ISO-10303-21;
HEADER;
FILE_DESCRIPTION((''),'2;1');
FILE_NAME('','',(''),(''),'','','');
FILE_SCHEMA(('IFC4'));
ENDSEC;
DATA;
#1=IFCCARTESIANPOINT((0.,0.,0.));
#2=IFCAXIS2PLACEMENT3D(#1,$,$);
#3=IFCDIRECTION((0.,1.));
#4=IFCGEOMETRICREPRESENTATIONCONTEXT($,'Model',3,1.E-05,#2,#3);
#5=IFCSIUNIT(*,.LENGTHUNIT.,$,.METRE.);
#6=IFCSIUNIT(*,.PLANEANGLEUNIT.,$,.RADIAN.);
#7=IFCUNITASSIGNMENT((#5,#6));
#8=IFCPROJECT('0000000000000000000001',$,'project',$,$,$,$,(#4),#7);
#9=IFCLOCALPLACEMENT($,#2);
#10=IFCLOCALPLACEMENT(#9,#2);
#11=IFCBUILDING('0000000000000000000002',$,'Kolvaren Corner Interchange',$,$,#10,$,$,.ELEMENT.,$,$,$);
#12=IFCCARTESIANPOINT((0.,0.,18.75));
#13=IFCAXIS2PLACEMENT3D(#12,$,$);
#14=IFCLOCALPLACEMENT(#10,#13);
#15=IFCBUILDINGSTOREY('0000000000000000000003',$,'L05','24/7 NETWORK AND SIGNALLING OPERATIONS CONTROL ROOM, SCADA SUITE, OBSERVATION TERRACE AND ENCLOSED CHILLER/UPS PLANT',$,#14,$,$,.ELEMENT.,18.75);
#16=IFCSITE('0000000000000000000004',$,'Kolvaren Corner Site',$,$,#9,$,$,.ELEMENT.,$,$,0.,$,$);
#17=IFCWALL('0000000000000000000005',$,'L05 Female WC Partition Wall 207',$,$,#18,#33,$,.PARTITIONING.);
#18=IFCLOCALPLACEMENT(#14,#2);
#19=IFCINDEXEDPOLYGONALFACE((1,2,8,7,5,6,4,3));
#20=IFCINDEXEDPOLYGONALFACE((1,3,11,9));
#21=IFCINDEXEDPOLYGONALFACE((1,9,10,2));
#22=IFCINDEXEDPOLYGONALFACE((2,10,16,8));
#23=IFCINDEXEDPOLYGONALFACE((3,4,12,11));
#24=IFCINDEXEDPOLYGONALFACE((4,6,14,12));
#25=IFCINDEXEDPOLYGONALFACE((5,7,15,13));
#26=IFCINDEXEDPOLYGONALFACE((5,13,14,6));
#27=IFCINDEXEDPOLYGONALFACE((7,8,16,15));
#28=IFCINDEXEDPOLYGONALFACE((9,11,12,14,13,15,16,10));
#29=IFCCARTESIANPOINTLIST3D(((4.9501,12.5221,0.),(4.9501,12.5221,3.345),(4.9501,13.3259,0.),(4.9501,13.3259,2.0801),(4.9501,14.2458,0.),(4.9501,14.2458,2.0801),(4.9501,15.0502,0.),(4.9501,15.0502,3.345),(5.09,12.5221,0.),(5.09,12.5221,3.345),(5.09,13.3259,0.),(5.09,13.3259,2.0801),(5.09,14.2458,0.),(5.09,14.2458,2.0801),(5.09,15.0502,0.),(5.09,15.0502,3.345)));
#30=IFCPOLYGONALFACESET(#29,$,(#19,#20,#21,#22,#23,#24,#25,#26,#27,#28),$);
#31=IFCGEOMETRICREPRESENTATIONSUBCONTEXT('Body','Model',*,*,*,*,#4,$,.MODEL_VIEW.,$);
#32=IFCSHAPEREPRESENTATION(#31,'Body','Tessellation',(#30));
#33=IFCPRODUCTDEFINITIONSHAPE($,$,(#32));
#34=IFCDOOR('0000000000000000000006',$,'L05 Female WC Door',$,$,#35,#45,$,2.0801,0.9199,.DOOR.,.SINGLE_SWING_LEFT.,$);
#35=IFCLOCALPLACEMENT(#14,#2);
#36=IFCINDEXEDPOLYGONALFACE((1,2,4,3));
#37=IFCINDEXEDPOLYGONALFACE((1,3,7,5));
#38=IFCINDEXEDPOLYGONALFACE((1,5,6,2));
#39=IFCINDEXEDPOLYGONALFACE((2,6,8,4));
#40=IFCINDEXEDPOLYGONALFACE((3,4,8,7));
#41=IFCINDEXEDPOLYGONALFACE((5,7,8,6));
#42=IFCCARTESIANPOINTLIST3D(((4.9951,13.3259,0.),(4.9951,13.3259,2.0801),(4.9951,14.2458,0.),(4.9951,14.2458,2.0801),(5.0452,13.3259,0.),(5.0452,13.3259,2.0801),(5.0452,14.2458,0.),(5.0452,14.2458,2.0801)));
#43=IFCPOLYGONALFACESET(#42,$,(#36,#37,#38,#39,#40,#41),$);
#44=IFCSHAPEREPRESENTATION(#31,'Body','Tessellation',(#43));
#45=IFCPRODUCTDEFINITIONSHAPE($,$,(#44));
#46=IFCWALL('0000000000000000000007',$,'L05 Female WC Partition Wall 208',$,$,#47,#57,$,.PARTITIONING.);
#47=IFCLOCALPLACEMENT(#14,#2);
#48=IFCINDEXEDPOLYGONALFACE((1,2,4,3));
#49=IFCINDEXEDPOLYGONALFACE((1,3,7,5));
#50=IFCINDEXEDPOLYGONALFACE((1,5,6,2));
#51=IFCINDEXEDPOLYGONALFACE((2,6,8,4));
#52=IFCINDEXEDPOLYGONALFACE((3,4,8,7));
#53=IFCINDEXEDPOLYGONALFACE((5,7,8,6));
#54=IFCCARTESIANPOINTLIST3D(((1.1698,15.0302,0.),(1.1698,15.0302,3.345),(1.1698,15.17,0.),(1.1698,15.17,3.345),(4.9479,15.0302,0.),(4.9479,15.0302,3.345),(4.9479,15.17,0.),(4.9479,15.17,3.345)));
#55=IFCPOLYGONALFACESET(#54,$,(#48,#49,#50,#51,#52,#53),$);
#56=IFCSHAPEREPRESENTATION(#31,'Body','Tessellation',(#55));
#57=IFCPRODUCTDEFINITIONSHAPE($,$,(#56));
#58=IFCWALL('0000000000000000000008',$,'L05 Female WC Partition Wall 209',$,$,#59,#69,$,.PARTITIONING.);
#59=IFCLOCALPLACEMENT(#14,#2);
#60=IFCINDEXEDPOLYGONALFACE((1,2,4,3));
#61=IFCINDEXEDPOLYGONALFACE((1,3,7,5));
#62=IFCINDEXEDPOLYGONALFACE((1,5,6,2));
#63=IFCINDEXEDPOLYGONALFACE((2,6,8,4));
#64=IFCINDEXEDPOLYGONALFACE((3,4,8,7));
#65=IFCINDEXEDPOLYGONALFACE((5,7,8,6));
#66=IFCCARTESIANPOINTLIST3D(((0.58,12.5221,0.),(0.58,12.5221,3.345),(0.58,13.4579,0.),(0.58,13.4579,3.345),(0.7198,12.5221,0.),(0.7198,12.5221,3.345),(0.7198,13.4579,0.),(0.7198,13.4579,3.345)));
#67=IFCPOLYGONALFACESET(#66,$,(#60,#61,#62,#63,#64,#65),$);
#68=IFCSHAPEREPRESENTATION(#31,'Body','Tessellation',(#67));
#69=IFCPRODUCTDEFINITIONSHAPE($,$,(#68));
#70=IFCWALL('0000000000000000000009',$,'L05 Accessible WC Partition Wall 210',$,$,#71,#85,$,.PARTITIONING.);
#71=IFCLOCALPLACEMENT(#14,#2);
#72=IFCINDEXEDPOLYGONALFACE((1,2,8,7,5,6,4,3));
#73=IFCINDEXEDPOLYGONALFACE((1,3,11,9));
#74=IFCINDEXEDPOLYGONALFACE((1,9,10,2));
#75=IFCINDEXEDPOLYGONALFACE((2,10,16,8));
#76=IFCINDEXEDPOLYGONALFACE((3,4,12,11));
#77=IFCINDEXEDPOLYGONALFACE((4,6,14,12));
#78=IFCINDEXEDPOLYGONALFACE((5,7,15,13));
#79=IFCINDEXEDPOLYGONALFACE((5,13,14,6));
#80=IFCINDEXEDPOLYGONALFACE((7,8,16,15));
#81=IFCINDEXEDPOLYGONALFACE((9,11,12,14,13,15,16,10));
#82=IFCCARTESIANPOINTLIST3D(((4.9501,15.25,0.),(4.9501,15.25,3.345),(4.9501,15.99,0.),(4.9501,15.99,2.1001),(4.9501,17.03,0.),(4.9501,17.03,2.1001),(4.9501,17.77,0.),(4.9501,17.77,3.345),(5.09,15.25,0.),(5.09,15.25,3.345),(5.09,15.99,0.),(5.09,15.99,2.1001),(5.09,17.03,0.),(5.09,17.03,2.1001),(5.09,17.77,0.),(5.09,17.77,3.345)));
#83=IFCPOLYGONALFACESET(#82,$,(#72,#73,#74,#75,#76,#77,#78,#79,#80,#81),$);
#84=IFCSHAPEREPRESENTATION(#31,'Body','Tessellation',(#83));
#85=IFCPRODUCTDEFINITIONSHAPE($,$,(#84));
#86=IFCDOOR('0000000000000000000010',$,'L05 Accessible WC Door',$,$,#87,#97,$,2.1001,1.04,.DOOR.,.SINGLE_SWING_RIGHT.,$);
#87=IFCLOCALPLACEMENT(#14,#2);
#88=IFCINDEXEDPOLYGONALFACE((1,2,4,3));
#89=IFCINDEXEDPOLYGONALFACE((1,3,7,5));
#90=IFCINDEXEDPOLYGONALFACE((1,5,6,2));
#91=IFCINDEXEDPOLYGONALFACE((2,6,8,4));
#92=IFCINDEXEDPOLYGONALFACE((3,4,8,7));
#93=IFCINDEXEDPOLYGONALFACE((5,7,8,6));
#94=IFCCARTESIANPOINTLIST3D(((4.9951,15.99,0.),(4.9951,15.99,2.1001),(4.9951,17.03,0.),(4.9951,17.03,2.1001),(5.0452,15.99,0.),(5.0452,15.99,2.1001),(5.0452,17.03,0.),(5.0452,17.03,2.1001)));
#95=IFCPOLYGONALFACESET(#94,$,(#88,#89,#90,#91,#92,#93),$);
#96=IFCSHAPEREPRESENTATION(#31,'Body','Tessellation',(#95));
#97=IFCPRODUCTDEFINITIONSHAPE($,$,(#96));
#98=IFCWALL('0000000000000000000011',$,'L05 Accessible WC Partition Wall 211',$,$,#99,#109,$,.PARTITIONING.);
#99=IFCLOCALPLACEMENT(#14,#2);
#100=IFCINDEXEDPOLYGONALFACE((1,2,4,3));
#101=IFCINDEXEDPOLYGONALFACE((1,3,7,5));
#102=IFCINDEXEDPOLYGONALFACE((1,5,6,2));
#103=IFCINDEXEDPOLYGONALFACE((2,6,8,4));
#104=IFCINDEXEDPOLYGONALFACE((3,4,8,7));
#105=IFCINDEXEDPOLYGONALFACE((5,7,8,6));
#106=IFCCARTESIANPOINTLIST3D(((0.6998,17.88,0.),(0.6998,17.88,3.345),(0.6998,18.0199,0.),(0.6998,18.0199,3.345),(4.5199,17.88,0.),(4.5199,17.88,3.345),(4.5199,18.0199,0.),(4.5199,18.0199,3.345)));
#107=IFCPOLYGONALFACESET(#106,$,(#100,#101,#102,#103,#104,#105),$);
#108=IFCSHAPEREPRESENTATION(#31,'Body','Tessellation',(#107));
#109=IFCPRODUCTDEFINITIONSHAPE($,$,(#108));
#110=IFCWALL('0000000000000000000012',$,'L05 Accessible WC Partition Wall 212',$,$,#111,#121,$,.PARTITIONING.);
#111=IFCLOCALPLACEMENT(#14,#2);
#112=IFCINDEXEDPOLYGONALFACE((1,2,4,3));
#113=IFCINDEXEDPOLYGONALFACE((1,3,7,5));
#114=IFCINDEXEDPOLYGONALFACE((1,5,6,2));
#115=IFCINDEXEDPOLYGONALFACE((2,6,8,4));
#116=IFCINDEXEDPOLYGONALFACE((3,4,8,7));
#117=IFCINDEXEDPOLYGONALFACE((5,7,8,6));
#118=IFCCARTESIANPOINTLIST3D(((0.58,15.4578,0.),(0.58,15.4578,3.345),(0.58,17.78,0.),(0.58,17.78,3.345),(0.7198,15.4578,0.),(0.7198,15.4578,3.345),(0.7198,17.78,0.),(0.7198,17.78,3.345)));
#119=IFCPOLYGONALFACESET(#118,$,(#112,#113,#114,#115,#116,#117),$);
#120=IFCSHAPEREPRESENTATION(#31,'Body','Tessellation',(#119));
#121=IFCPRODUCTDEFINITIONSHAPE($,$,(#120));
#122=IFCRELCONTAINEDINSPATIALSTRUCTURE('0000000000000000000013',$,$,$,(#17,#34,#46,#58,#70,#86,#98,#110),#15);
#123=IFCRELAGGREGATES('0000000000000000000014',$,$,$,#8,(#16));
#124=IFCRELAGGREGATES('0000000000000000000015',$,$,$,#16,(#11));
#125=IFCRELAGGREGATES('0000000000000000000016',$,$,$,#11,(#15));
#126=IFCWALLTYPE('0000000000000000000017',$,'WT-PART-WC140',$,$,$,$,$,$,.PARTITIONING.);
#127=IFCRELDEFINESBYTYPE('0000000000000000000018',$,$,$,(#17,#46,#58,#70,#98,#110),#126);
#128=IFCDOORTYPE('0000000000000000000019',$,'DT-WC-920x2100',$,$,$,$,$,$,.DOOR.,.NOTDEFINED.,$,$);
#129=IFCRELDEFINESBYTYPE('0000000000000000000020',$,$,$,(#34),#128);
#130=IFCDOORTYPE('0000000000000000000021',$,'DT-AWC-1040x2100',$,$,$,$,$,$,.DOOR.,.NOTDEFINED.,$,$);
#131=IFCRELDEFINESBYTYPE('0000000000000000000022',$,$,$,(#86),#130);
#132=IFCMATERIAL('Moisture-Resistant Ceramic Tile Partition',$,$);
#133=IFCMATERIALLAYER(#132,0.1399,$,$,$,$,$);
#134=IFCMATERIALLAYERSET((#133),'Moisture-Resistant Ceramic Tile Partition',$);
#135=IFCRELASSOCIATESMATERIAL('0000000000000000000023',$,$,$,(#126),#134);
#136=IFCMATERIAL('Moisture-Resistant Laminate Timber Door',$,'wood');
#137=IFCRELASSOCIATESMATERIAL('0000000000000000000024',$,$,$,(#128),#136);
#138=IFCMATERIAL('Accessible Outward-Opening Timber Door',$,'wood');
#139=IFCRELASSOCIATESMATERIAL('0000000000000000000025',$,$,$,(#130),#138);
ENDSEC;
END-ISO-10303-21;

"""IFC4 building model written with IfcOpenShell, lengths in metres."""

from ifc_helpers import new_model, si_unit, direction, frame, frame_2d, origin, place, context, subcontext, project, spatial, rectangle, extrude, material, layer, layer_set, type_object, element, fill, save


model = new_model("IFC4")

# Units and contexts
model_context = context("Model", 3, precision=1e-05, world=origin(), true_north=direction((0.0, 1.0)))
body_context = subcontext(model_context, "Body", "Model", "MODEL_VIEW")
ifc_project = project(units=[si_unit("LENGTHUNIT", "METRE"), si_unit("PLANEANGLEUNIT", "RADIAN")], contexts=[model_context])

# Site, building, storey
site_placement = place(None, origin())
site = spatial("IfcSite", under=ifc_project, at=site_placement, Name="Kolvaren Corner Site", CompositionType="ELEMENT", RefElevation=0.0)
building_placement = place(site_placement, origin())
building = spatial("IfcBuilding", under=site, at=building_placement, Name="Kolvaren Corner Interchange", CompositionType="ELEMENT")
storey_placement = place(building_placement, frame((0.0, 0.0, 18.75)))
storey = spatial("IfcBuildingStorey", under=building, at=storey_placement, Name="L05", Description="24/7 NETWORK AND SIGNALLING OPERATIONS CONTROL ROOM, SCADA SUITE, OBSERVATION TERRACE AND ENCLOSED CHILLER/UPS PLANT", CompositionType="ELEMENT", Elevation=18.75)

# Shared definitions
ifc_material_1 = material(Name="Moisture-Resistant Ceramic Tile Partition")
ifc_layer_1 = layer(ifc_material_1, 0.1399)
ifc_layer_set_1 = layer_set([ifc_layer_1], Name="Moisture-Resistant Ceramic Tile Partition")
wall_type_1 = type_object("IfcWallType", Name="WT-PART-WC140", PredefinedType="PARTITIONING", material=ifc_layer_set_1)
ifc_material_2 = material(Name="Moisture-Resistant Laminate Timber Door", Category="wood")
door_type_1 = type_object("IfcDoorType", Name="DT-WC-920x2100", OperationType="NOTDEFINED", PredefinedType="DOOR", material=ifc_material_2)

# Wall, opening, door
wall_1_placement = place(storey_placement, frame((5.02, 12.522, 0.0), z_axis=(0.0, 0.0, 1.0), x_axis=(0.0, 1.0, 0.0)))
wall_1 = element("IfcWall", 1, at=wall_1_placement, inside=storey, type_object=wall_type_1, Name="L05 Female WC Partition Wall 207", PredefinedType="PARTITIONING", context=body_context, shape_type="SweptSolid", body=[
    extrude(rectangle(XDim=2.5281, YDim=0.1399, at=frame_2d((1.2642, 0.0))), origin(), (0.0, 0.0, 1.0), 3.345),
])
opening_1_placement = place(wall_1_placement, frame((0.804, 0.0, 0.0)))
opening_1 = element("IfcOpeningElement", 2, at=opening_1_placement, cuts=wall_1, PredefinedType="OPENING", context=body_context, shape_type="SweptSolid", body=[
    extrude(rectangle(XDim=0.9199, YDim=2.0801, at=frame_2d((0.46, 1.04))), frame((0.0, 0.0798, 0.0), z_axis=(0.0, -1.0, 0.0), x_axis=(1.0, 0.0, 0.0)), (0.0, 0.0, 1.0), 0.1599),
])
door_1_placement = place(opening_1_placement, origin())
door_1 = element("IfcDoor", 3, at=door_1_placement, inside=storey, type_object=door_type_1, Name="L05 Female WC Door", OperationType="SINGLE_SWING_LEFT", OverallHeight=2.0801, OverallWidth=0.9199, PredefinedType="DOOR", context=body_context, shape_type="SweptSolid", body=[
    extrude(rectangle(XDim=0.9199, YDim=2.0801, at=frame_2d((0.46, 1.04))), frame((0.0, 0.0249, 0.0), z_axis=(0.0, -1.0, 0.0), x_axis=(1.0, 0.0, 0.0)), (0.0, 0.0, 1.0), 0.05),
])
fill(opening_1, door_1)

# Walls
wall_2_placement = place(storey_placement, frame((4.948, 15.1001, 0.0), z_axis=(0.0, 0.0, 1.0), x_axis=(-1.0, 0.0, 0.0)))
element("IfcWall", 4, at=wall_2_placement, inside=storey, type_object=wall_type_1, Name="L05 Female WC Partition Wall 208", PredefinedType="PARTITIONING", context=body_context, shape_type="SweptSolid", body=[
    extrude(rectangle(XDim=3.7781, YDim=0.1399, at=frame_2d((1.8892, 0.0))), origin(), (0.0, 0.0, 1.0), 3.345),
])
wall_3_placement = place(storey_placement, frame((0.6499, 13.4578, 0.0), z_axis=(0.0, 0.0, 1.0), x_axis=(0.0, -1.0, 0.0)))
element("IfcWall", 5, at=wall_3_placement, inside=storey, type_object=wall_type_1, Name="L05 Female WC Partition Wall 209", PredefinedType="PARTITIONING", context=body_context, shape_type="SweptSolid", body=[
    extrude(rectangle(XDim=0.9358, YDim=0.1399, at=frame_2d((0.4678, 0.0))), origin(), (0.0, 0.0, 1.0), 3.345),
])

# Wall, opening, door
wall_4_placement = place(storey_placement, frame((5.02, 15.25, 0.0), z_axis=(0.0, 0.0, 1.0), x_axis=(0.0, 1.0, 0.0)))
wall_4 = element("IfcWall", 6, at=wall_4_placement, inside=storey, type_object=wall_type_1, Name="L05 Accessible WC Partition Wall 210", PredefinedType="PARTITIONING", context=body_context, shape_type="SweptSolid", body=[
    extrude(rectangle(XDim=2.52, YDim=0.1399, at=frame_2d((1.26, 0.0))), origin(), (0.0, 0.0, 1.0), 3.345),
])
opening_2_placement = place(wall_4_placement, frame((0.74, 0.0, 0.0)))
opening_2 = element("IfcOpeningElement", 7, at=opening_2_placement, cuts=wall_4, PredefinedType="OPENING", context=body_context, shape_type="SweptSolid", body=[
    extrude(rectangle(XDim=1.04, YDim=2.1001, at=frame_2d((0.52, 1.05))), frame((0.0, 0.0798, 0.0), z_axis=(0.0, -1.0, 0.0), x_axis=(1.0, 0.0, 0.0)), (0.0, 0.0, 1.0), 0.1599),
])
ifc_material_3 = material(Name="Accessible Outward-Opening Timber Door", Category="wood")
door_type_2 = type_object("IfcDoorType", Name="DT-AWC-1040x2100", OperationType="NOTDEFINED", PredefinedType="DOOR", material=ifc_material_3)
door_2_placement = place(opening_2_placement, origin())
door_2 = element("IfcDoor", 8, at=door_2_placement, inside=storey, type_object=door_type_2, Name="L05 Accessible WC Door", OperationType="SINGLE_SWING_RIGHT", OverallHeight=2.1001, OverallWidth=1.04, PredefinedType="DOOR", context=body_context, shape_type="SweptSolid", body=[
    extrude(rectangle(XDim=1.04, YDim=2.1001, at=frame_2d((0.52, 1.05))), frame((0.0, 0.0249, 0.0), z_axis=(0.0, -1.0, 0.0), x_axis=(1.0, 0.0, 0.0)), (0.0, 0.0, 1.0), 0.05),
])
fill(opening_2, door_2)

# Walls
wall_5_placement = place(storey_placement, frame((4.52, 17.95, 0.0), z_axis=(0.0, 0.0, 1.0), x_axis=(-1.0, 0.0, 0.0)))
element("IfcWall", 9, at=wall_5_placement, inside=storey, type_object=wall_type_1, Name="L05 Accessible WC Partition Wall 211", PredefinedType="PARTITIONING", context=body_context, shape_type="SweptSolid", body=[
    extrude(rectangle(XDim=3.8201, YDim=0.1399, at=frame_2d((1.9102, 0.0))), origin(), (0.0, 0.0, 1.0), 3.345),
])
wall_6_placement = place(storey_placement, frame((0.6499, 17.78, 0.0), z_axis=(0.0, 0.0, 1.0), x_axis=(0.0, -1.0, 0.0)))
element("IfcWall", 10, at=wall_6_placement, inside=storey, type_object=wall_type_1, Name="L05 Accessible WC Partition Wall 212", PredefinedType="PARTITIONING", context=body_context, shape_type="SweptSolid", body=[
    extrude(rectangle(XDim=2.3223, YDim=0.1399, at=frame_2d((1.1611, 0.0))), origin(), (0.0, 0.0, 1.0), 3.345),
])

save(model, "model.ifc")
